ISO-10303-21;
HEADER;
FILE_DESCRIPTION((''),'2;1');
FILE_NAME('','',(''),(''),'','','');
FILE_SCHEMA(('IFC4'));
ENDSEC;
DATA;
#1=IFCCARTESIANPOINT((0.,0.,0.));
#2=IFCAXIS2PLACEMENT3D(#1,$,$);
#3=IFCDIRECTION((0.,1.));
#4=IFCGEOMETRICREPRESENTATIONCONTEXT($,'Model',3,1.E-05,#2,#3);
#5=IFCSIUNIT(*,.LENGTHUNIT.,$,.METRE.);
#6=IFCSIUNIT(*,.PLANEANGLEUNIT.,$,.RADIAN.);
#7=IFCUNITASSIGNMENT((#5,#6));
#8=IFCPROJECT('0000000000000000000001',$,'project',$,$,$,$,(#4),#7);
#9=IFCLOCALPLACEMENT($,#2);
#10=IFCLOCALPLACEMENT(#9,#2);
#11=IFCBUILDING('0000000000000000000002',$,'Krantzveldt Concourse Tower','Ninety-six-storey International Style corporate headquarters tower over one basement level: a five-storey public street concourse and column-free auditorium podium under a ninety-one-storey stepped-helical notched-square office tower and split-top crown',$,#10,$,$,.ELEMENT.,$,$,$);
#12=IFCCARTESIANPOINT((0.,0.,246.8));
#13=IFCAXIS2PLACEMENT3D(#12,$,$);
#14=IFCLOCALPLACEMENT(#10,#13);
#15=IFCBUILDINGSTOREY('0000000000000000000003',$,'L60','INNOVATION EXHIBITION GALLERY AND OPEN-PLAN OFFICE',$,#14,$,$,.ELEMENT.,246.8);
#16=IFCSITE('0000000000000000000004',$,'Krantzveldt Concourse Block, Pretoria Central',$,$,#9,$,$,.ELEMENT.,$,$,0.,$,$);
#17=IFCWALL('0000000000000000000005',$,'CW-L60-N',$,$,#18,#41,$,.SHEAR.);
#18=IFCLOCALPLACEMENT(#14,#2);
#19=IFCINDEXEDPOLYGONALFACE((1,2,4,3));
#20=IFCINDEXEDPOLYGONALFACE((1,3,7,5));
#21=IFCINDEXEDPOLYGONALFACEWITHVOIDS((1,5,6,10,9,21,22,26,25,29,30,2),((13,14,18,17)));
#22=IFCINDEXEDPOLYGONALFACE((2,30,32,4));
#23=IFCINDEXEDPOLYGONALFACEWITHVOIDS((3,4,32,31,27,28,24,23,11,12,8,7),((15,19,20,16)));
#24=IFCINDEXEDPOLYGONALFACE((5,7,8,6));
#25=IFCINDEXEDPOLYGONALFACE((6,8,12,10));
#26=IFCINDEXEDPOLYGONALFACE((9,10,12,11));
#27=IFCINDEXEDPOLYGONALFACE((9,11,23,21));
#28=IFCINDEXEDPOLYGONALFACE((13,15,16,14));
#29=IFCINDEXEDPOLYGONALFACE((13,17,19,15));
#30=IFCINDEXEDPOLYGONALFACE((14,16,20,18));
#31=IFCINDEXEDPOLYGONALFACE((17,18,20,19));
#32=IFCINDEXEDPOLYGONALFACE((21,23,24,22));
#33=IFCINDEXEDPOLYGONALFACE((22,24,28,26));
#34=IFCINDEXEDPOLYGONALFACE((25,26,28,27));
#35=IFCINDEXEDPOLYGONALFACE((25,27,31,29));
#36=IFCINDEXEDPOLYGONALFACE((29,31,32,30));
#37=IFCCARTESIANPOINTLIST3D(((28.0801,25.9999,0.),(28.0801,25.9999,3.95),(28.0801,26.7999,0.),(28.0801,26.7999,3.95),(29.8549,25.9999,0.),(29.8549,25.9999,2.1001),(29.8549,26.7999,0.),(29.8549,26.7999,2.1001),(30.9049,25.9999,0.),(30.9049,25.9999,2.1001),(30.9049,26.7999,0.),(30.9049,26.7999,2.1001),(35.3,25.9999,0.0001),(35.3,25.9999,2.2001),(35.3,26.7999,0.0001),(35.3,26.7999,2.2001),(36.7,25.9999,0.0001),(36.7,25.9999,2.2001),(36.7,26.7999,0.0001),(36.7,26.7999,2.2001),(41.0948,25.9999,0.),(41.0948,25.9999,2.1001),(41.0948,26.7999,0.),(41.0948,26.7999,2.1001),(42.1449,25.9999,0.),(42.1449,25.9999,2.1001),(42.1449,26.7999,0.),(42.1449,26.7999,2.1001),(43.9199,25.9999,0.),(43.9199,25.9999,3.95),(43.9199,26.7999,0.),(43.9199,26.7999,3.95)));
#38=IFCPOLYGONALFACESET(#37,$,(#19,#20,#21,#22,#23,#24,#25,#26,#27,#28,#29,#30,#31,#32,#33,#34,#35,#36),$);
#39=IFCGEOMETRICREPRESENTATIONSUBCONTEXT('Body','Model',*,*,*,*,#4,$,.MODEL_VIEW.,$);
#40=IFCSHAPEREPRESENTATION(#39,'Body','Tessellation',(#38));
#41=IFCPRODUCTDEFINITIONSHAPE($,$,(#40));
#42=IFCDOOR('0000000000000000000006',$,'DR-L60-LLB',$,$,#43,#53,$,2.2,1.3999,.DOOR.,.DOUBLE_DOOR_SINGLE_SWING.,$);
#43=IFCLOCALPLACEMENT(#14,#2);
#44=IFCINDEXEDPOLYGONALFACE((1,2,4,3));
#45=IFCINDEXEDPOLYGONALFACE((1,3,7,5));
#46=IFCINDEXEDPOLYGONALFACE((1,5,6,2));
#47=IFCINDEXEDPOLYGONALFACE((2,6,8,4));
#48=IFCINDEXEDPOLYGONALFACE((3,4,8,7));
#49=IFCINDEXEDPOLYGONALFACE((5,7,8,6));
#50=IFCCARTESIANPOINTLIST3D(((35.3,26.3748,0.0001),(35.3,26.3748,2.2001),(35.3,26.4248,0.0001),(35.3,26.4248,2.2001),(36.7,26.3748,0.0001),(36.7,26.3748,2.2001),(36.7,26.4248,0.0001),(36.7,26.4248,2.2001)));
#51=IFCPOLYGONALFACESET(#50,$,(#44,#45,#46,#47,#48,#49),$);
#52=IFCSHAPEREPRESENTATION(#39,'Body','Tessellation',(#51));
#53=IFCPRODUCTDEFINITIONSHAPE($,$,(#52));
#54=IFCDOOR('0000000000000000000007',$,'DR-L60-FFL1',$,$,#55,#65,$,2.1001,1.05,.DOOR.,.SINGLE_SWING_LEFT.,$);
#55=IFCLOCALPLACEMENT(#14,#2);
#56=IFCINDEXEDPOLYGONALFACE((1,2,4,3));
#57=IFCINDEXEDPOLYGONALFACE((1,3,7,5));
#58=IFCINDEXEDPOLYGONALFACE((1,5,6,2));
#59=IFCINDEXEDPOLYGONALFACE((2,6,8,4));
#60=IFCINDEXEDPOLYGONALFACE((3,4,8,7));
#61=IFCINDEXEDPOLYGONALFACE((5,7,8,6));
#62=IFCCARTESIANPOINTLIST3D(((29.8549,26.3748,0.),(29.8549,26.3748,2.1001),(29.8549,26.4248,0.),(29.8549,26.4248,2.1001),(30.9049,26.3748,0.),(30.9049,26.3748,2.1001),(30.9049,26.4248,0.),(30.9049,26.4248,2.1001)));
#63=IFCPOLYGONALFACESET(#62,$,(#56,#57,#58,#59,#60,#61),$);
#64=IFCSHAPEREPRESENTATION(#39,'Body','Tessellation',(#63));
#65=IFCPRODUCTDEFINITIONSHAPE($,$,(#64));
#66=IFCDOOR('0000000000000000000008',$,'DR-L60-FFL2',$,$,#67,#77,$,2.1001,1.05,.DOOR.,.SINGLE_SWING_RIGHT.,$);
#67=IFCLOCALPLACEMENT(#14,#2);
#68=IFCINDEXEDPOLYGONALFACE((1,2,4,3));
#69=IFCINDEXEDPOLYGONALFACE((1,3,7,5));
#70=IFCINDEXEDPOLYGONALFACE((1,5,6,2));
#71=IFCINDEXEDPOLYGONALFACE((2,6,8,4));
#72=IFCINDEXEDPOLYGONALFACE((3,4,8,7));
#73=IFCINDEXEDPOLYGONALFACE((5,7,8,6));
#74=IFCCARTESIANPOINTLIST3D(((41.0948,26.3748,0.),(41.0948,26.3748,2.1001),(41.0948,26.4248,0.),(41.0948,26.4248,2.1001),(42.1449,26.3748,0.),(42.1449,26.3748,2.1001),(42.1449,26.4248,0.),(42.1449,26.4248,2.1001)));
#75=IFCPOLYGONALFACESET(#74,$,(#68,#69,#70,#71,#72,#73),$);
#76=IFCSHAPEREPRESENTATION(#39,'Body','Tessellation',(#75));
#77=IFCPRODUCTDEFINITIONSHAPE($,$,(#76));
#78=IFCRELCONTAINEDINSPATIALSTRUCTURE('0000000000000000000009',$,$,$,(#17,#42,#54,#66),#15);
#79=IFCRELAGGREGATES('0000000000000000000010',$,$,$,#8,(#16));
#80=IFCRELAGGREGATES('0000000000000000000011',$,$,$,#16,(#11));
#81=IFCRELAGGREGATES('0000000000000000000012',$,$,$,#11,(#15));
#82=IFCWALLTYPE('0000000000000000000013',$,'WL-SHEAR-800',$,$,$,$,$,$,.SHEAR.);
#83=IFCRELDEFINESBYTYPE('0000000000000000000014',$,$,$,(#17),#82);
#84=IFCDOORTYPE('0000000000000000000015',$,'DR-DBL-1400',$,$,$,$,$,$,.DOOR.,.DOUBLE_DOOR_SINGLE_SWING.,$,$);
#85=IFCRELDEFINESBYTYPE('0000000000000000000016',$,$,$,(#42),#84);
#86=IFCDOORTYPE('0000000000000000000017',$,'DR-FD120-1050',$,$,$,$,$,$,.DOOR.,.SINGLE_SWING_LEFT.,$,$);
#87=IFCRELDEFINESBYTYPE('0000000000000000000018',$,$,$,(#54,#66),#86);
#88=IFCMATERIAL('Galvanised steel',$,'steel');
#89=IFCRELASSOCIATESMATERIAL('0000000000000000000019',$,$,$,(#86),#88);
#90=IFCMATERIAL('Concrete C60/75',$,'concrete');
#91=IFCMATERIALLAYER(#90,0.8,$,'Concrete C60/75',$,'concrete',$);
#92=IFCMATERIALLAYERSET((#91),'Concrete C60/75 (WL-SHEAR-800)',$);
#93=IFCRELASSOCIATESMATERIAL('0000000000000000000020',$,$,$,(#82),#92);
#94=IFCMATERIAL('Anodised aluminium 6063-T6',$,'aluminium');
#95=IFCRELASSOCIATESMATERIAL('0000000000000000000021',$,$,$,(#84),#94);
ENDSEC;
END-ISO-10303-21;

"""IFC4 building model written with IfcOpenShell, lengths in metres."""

from ifc_helpers import new_model, si_unit, direction, frame, frame_2d, origin, place, context, subcontext, project, spatial, rectangle, extrude, material, layer, layer_set, type_object, element, fill, save


model = new_model("IFC4")

# Units and contexts
model_context = context("Model", 3, precision=1e-05, world=origin(), true_north=direction((0.0, 1.0)))
body_context = subcontext(model_context, "Body", "Model", "MODEL_VIEW")
ifc_project = project(units=[si_unit("LENGTHUNIT", "METRE"), si_unit("PLANEANGLEUNIT", "RADIAN")], contexts=[model_context])

# Site, building, storey
site_placement = place(None, origin())
site = spatial("IfcSite", under=ifc_project, at=site_placement, Name="Krantzveldt Concourse Block, Pretoria Central", CompositionType="ELEMENT", RefElevation=0.0)
building_placement = place(site_placement, origin())
building = spatial("IfcBuilding", under=site, at=building_placement, Name="Krantzveldt Concourse Tower", Description="Ninety-six-storey International Style corporate headquarters tower over one basement level: a five-storey public street concourse and column-free auditorium podium under a ninety-one-storey stepped-helical notched-square office tower and split-top crown", CompositionType="ELEMENT")
storey_placement = place(building_placement, frame((0.0, 0.0, 246.8)))
storey = spatial("IfcBuildingStorey", under=building, at=storey_placement, Name="L60", Description="INNOVATION EXHIBITION GALLERY AND OPEN-PLAN OFFICE", CompositionType="ELEMENT", Elevation=246.8)

# Shared definitions
ifc_material_1 = material(Name="Galvanised steel", Category="steel")
door_type_1 = type_object("IfcDoorType", Name="DR-FD120-1050", OperationType="SINGLE_SWING_LEFT", PredefinedType="DOOR", material=ifc_material_1)

# Wall, openings, doors
ifc_material_2 = material(Name="Concrete C60/75", Category="concrete")
ifc_layer_1 = layer(ifc_material_2, 0.8, Name="Concrete C60/75", Category="concrete")
ifc_layer_set_1 = layer_set([ifc_layer_1], Name="Concrete C60/75 (WL-SHEAR-800)")
wall_type_1 = type_object("IfcWallType", Name="WL-SHEAR-800", PredefinedType="SHEAR", material=ifc_layer_set_1)
wall_1_placement = place(storey_placement, frame((28.0801, 26.3999, 0.0), z_axis=(0.0, 0.0, 1.0), x_axis=(1.0, 0.0, 0.0)))
wall_1 = element("IfcWall", 1, at=wall_1_placement, inside=storey, type_object=wall_type_1, Name="CW-L60-N", PredefinedType="SHEAR", context=body_context, shape_type="SweptSolid", body=[
    extrude(rectangle(XDim=15.8398, YDim=0.8, at=frame_2d((7.9199, 0.0))), origin(), (0.0, 0.0, 1.0), 3.95),
])
opening_1_placement = place(wall_1_placement, frame((7.22, 0.0, 0.0)))
opening_1 = element("IfcOpeningElement", 2, at=opening_1_placement, cuts=wall_1, PredefinedType="OPENING", context=body_context, shape_type="SweptSolid", body=[
    extrude(rectangle(XDim=1.3999, YDim=2.2, at=frame_2d((0.7, 1.1001))), frame((0.0, 0.4102, 0.0), z_axis=(0.0, -1.0, 0.0), x_axis=(1.0, 0.0, 0.0)), (0.0, 0.0, 1.0), 0.8201),
])
opening_2_placement = place(wall_1_placement, frame((1.7749, 0.0, 0.0)))
opening_2 = element("IfcOpeningElement", 3, at=opening_2_placement, cuts=wall_1, PredefinedType="OPENING", context=body_context, shape_type="SweptSolid", body=[
    extrude(rectangle(XDim=1.05, YDim=2.1001, at=frame_2d((0.5249, 1.05))), frame((0.0, 0.4102, 0.0), z_axis=(0.0, -1.0, 0.0), x_axis=(1.0, 0.0, 0.0)), (0.0, 0.0, 1.0), 0.8201),
])
opening_3_placement = place(wall_1_placement, frame((13.0149, 0.0, 0.0)))
opening_3 = element("IfcOpeningElement", 4, at=opening_3_placement, cuts=wall_1, PredefinedType="OPENING", context=body_context, shape_type="SweptSolid", body=[
    extrude(rectangle(XDim=1.05, YDim=2.1001, at=frame_2d((0.5249, 1.05))), frame((0.0, 0.4102, 0.0), z_axis=(0.0, -1.0, 0.0), x_axis=(1.0, 0.0, 0.0)), (0.0, 0.0, 1.0), 0.8201),
])
ifc_material_3 = material(Name="Anodised aluminium 6063-T6", Category="aluminium")
door_type_2 = type_object("IfcDoorType", Name="DR-DBL-1400", OperationType="DOUBLE_DOOR_SINGLE_SWING", PredefinedType="DOOR", material=ifc_material_3)
door_1_placement = place(opening_1_placement, origin())
door_1 = element("IfcDoor", 5, at=door_1_placement, inside=storey, type_object=door_type_2, Name="DR-L60-LLB", OperationType="DOUBLE_DOOR_SINGLE_SWING", OverallHeight=2.2, OverallWidth=1.3999, PredefinedType="DOOR", context=body_context, shape_type="SweptSolid", body=[
    extrude(rectangle(XDim=1.3999, YDim=2.2, at=frame_2d((0.7, 1.1001))), frame((0.0, 0.0249, 0.0), z_axis=(0.0, -1.0, 0.0), x_axis=(1.0, 0.0, 0.0)), (0.0, 0.0, 1.0), 0.05),
])
fill(opening_1, door_1)
door_2_placement = place(opening_2_placement, origin())
door_2 = element("IfcDoor", 6, at=door_2_placement, inside=storey, type_object=door_type_1, Name="DR-L60-FFL1", OperationType="SINGLE_SWING_LEFT", OverallHeight=2.1001, OverallWidth=1.05, PredefinedType="DOOR", context=body_context, shape_type="SweptSolid", body=[
    extrude(rectangle(XDim=1.05, YDim=2.1001, at=frame_2d((0.5249, 1.05))), frame((0.0, 0.0249, 0.0), z_axis=(0.0, -1.0, 0.0), x_axis=(1.0, 0.0, 0.0)), (0.0, 0.0, 1.0), 0.05),
])
fill(opening_2, door_2)
door_3_placement = place(opening_3_placement, origin())
door_3 = element("IfcDoor", 7, at=door_3_placement, inside=storey, type_object=door_type_1, Name="DR-L60-FFL2", OperationType="SINGLE_SWING_RIGHT", OverallHeight=2.1001, OverallWidth=1.05, PredefinedType="DOOR", context=body_context, shape_type="SweptSolid", body=[
    extrude(rectangle(XDim=1.05, YDim=2.1001, at=frame_2d((0.5249, 1.05))), frame((0.0, 0.0249, 0.0), z_axis=(0.0, -1.0, 0.0), x_axis=(1.0, 0.0, 0.0)), (0.0, 0.0, 1.0), 0.05),
])
fill(opening_3, door_3)

save(model, "model.ifc")
